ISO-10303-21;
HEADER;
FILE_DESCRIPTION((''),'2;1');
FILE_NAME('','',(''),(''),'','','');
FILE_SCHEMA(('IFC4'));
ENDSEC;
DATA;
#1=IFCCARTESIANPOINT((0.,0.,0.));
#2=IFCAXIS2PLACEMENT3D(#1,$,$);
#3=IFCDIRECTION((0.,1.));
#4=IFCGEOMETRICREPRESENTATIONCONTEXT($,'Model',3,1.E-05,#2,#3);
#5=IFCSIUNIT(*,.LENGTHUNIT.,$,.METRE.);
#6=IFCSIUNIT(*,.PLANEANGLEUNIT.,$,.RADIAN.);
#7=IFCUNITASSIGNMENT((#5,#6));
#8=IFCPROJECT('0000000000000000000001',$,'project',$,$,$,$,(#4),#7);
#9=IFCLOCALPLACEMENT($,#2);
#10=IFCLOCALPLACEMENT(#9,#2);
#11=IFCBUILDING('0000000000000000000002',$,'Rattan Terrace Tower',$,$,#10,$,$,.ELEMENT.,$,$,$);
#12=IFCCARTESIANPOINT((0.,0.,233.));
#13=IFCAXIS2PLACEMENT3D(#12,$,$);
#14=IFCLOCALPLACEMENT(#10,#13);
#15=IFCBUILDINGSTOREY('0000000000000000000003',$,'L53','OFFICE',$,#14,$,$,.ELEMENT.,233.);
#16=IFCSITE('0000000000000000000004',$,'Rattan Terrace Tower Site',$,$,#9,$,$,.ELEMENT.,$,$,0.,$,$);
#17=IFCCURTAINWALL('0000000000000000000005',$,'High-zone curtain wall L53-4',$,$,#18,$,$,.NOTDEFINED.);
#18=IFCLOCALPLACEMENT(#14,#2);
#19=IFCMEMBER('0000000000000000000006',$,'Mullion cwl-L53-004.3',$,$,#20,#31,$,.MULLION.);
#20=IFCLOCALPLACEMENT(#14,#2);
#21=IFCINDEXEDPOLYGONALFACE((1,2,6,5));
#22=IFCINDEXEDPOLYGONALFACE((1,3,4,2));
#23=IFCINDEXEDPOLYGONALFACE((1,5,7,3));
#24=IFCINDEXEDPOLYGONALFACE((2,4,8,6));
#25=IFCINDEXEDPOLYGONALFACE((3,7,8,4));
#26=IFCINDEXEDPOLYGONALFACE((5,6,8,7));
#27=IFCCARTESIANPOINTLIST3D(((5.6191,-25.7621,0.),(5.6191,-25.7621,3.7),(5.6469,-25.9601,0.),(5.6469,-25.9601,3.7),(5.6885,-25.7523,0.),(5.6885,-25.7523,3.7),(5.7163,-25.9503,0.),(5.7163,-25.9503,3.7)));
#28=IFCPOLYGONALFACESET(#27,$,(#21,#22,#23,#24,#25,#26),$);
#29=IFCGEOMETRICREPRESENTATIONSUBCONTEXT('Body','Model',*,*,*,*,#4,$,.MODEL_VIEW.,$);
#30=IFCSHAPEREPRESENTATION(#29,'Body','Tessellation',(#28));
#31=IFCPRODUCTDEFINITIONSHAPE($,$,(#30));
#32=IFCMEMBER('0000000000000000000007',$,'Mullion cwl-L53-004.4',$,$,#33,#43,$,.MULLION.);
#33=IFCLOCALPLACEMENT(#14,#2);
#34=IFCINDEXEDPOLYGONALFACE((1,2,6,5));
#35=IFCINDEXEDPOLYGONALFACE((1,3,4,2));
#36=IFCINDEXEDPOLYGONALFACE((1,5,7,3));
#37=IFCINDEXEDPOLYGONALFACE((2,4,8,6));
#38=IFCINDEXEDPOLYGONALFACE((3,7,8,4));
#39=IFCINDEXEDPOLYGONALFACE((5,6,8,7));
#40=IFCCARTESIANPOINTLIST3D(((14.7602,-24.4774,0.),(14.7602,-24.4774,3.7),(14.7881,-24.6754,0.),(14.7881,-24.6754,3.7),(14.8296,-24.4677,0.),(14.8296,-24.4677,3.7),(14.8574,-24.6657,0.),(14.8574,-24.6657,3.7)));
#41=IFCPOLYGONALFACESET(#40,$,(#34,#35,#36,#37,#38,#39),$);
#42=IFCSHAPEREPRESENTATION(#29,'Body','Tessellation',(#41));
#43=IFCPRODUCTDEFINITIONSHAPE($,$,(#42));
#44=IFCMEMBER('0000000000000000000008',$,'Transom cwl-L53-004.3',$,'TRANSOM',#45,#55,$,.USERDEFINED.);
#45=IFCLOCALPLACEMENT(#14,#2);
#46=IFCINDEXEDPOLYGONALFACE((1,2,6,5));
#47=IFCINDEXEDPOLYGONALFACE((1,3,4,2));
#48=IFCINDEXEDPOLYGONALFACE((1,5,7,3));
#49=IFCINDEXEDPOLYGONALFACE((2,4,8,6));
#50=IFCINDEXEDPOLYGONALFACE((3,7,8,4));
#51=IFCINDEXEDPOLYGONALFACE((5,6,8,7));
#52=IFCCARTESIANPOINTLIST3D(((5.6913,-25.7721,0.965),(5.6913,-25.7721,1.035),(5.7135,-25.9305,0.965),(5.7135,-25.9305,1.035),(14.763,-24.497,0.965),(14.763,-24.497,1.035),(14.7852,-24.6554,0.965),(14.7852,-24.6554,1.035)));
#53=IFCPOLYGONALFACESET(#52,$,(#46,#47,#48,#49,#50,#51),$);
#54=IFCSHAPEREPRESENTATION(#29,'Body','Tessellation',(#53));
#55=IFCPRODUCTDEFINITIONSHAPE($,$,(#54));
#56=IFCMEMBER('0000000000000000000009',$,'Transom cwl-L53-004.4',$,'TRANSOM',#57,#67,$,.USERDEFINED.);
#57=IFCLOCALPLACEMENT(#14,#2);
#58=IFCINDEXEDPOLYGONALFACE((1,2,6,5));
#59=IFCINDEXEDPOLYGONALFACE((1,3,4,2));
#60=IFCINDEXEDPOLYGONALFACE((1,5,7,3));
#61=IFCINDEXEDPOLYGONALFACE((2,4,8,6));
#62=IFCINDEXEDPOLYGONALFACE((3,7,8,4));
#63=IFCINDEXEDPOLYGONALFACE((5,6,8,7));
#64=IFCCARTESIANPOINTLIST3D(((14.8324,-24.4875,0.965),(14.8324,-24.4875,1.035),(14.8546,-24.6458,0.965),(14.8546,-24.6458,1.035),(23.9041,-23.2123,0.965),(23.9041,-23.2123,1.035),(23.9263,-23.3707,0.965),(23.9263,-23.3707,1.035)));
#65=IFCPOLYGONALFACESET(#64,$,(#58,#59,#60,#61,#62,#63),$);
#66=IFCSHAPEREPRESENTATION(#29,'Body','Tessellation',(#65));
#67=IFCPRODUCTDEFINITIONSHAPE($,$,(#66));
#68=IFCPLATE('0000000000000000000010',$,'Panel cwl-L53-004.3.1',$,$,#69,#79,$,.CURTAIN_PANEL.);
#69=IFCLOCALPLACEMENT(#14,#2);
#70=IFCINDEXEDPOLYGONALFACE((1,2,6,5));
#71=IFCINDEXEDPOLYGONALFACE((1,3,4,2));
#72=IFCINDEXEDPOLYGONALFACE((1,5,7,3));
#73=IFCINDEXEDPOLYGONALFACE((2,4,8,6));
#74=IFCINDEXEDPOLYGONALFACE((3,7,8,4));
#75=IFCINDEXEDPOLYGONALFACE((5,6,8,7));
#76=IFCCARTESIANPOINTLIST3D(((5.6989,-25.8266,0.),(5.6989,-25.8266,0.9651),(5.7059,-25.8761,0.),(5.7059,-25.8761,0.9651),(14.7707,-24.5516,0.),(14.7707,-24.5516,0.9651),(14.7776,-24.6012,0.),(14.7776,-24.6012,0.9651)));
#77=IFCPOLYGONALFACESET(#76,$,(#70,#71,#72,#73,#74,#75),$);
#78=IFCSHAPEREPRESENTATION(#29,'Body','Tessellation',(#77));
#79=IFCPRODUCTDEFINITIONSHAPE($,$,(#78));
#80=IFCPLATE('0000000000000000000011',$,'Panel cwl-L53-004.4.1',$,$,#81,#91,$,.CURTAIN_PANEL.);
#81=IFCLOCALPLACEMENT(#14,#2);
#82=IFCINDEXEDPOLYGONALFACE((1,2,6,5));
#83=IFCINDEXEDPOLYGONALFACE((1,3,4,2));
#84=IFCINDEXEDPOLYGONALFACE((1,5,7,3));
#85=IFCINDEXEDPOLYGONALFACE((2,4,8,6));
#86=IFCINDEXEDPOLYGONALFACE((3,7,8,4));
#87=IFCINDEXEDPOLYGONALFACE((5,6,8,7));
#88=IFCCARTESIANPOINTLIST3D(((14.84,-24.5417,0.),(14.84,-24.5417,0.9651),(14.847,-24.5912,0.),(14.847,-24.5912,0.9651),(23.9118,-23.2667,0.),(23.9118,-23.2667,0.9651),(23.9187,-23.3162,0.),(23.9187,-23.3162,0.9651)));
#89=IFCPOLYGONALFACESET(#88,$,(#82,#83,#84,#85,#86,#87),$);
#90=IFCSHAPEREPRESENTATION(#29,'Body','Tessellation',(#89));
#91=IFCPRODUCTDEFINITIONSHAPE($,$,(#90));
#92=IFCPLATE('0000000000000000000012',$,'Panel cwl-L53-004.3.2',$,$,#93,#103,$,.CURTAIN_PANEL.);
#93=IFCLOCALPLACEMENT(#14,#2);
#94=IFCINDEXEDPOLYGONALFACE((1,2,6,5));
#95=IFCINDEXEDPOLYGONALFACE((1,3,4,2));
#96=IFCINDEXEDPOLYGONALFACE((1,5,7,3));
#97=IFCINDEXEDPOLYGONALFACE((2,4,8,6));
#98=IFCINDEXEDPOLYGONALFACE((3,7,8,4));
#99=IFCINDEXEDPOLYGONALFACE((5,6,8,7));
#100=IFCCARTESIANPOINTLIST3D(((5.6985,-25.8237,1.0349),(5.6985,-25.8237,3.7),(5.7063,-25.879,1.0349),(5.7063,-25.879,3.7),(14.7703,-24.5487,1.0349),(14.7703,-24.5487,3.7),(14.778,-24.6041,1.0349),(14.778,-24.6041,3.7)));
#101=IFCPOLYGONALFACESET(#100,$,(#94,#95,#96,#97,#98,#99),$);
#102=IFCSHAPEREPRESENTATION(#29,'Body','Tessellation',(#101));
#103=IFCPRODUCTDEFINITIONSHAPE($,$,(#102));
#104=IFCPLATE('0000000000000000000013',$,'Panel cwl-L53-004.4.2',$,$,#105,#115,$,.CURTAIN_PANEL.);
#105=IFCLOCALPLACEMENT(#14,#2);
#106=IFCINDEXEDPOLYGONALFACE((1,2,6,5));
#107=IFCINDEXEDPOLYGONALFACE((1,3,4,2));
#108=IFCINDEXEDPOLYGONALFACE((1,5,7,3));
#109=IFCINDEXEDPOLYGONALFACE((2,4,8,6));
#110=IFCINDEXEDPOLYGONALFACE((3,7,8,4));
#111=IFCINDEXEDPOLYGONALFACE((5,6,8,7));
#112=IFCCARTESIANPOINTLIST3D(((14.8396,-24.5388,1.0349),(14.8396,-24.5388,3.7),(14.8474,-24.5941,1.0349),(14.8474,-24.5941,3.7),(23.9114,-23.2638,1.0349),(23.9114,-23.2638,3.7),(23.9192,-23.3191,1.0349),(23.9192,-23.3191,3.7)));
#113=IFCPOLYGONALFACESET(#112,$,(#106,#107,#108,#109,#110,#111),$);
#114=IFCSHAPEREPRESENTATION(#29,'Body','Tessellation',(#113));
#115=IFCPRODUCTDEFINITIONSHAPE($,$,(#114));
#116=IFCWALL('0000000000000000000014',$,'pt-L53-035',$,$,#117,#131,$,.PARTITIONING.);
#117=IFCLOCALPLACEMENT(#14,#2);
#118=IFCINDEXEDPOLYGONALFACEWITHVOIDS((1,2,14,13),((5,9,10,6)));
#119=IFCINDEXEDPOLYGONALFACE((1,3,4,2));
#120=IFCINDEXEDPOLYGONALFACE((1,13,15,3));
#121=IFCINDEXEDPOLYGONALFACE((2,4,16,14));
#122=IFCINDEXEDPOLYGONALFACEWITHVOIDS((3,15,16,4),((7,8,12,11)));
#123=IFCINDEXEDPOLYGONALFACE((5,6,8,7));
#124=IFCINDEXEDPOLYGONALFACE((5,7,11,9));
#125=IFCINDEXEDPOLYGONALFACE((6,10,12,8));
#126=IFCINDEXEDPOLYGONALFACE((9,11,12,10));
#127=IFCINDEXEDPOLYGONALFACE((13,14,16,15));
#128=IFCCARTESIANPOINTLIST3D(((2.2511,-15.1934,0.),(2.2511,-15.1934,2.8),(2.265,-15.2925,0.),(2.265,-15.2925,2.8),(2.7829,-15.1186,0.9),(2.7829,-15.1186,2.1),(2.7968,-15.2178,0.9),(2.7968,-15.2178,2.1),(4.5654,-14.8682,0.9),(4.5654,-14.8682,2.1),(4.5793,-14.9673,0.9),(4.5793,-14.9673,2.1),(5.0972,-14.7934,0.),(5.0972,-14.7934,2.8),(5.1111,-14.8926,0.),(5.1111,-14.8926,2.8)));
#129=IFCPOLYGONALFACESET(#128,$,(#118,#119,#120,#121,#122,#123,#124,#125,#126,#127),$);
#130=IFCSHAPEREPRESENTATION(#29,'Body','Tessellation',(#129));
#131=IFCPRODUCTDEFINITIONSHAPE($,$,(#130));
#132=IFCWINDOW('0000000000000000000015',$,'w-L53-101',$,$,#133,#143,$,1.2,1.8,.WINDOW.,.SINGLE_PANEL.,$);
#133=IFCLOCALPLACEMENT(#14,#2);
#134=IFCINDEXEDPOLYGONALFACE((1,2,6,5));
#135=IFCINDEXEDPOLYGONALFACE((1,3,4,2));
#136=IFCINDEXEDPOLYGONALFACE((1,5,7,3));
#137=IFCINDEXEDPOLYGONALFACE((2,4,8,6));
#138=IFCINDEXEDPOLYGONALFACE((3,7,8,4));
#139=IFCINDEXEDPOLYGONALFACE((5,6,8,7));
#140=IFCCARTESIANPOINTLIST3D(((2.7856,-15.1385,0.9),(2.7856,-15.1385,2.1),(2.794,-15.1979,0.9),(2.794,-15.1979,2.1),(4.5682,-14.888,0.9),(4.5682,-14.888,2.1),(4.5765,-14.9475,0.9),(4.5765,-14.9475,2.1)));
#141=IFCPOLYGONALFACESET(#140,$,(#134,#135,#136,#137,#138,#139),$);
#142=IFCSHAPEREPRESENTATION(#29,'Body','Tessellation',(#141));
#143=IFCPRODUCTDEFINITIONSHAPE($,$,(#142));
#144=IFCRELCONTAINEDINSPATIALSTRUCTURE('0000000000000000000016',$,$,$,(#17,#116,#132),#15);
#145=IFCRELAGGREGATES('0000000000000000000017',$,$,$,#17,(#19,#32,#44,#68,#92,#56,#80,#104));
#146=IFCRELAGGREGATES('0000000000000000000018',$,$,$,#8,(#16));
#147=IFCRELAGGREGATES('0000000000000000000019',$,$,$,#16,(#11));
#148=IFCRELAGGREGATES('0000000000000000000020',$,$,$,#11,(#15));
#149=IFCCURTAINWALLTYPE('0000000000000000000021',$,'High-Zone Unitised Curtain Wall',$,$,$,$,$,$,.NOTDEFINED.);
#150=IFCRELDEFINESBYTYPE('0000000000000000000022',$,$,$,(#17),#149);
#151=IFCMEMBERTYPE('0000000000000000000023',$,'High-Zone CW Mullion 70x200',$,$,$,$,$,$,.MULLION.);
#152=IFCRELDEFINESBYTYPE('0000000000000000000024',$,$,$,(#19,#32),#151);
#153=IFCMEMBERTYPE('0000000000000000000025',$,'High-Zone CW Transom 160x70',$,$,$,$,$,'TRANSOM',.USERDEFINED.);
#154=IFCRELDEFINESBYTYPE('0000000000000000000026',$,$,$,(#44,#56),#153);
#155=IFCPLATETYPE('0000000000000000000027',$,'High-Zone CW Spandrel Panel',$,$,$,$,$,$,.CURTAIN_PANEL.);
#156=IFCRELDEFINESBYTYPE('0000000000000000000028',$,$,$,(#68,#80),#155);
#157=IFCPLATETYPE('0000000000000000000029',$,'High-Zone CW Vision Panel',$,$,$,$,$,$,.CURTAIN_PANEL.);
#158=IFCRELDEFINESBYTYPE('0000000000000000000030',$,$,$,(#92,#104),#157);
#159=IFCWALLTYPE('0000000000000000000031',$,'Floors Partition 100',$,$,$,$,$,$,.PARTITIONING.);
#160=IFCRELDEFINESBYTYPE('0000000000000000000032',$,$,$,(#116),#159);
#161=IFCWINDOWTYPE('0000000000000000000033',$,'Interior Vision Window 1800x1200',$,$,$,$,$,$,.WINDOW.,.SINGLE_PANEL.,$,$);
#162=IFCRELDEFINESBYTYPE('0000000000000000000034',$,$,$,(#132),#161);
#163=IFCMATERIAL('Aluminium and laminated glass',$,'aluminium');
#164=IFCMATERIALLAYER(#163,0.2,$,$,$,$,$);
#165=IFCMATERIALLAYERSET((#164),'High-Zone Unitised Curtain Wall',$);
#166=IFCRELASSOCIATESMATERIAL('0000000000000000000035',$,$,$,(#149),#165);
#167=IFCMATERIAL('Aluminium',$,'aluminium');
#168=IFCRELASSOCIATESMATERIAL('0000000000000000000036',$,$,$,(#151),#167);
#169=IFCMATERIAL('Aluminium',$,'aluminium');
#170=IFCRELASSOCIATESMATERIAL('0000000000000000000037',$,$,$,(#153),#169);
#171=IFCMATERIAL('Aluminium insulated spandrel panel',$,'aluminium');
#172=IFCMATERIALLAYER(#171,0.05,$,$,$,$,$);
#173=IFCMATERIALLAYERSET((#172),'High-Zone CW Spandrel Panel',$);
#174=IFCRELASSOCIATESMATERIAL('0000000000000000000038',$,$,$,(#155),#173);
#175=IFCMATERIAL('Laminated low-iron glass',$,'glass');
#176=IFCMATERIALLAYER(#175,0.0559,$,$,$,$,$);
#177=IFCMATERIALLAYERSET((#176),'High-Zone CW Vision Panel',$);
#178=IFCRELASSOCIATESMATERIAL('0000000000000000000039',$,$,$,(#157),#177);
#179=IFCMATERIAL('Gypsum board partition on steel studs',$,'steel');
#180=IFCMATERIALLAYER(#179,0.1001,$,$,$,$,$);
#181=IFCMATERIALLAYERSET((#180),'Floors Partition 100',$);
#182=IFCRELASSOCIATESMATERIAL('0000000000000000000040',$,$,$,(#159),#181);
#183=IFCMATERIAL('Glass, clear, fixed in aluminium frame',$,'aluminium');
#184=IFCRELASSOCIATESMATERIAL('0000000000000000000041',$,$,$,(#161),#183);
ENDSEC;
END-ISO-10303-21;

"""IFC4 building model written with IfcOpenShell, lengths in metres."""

from ifc_helpers import new_model, si_unit, direction, frame, frame_2d, origin, origin_2d, place, context, subcontext, project, spatial, rectangle, extrude, material, layer, layer_set, material_profile, profile_set, type_object, element, fill, aggregate, save


model = new_model("IFC4")

# Units and contexts
model_context = context("Model", 3, precision=1e-05, world=origin(), true_north=direction((0.0, 1.0)))
body_context = subcontext(model_context, "Body", "Model", "MODEL_VIEW")
ifc_project = project(units=[si_unit("LENGTHUNIT", "METRE"), si_unit("PLANEANGLEUNIT", "RADIAN")], contexts=[model_context])

# Site, building, storey
site_placement = place(None, origin())
site = spatial("IfcSite", under=ifc_project, at=site_placement, Name="Rattan Terrace Tower Site", CompositionType="ELEMENT", RefElevation=0.0)
building_placement = place(site_placement, origin())
building = spatial("IfcBuilding", under=site, at=building_placement, Name="Rattan Terrace Tower", CompositionType="ELEMENT")
storey_placement = place(building_placement, frame((0.0, 0.0, 233.0)))
storey = spatial("IfcBuildingStorey", under=building, at=storey_placement, Name="L53", Description="OFFICE", CompositionType="ELEMENT", Elevation=233.0)

# Curtain wall, members, plates
ifc_material_1 = material(Name="Aluminium and laminated glass", Category="aluminium")
ifc_layer_1 = layer(ifc_material_1, 0.2)
ifc_layer_set_1 = layer_set([ifc_layer_1], Name="High-Zone Unitised Curtain Wall")
curtain_wall_type = type_object("IfcCurtainWallType", Name="High-Zone Unitised Curtain Wall", PredefinedType="NOTDEFINED", material=ifc_layer_set_1)
curtain_wall_placement = place(storey_placement, origin())
curtain_wall = element("IfcCurtainWall", 1, at=curtain_wall_placement, inside=storey, type_object=curtain_wall_type, Name="High-zone curtain wall L53-4", PredefinedType="NOTDEFINED")
ifc_material_2 = material(Name="Aluminium", Category="aluminium")
ifc_material_profile_1 = material_profile(ifc_material_2, rectangle(XDim=0.0701, YDim=0.2, at=origin_2d()), Name="Aluminium 70x200")
ifc_profile_set_1 = profile_set([ifc_material_profile_1], Name="Aluminium")
member_type_1 = type_object("IfcMemberType", Name="High-Zone CW Mullion 70x200", PredefinedType="MULLION", material=ifc_profile_set_1)
member_1_placement = place(storey_placement, frame((5.6677, -25.8562, 0.0), z_axis=(0.0, 0.0, 1.0), x_axis=(0.990267, 0.139177, 0.0)))
member_1 = element("IfcMember", 2, at=member_1_placement, type_object=member_type_1, Name="Mullion cwl-L53-004.3", PredefinedType="MULLION", context=body_context, shape_type="SweptSolid", body=[
    extrude(rectangle(XDim=0.0701, YDim=0.2, at=origin_2d()), origin(), (0.0, 0.0, 1.0), 3.7),
])
member_2_placement = place(storey_placement, frame((14.8088, -24.5715, 0.0), z_axis=(0.0, 0.0, 1.0), x_axis=(0.990267, 0.139177, 0.0)))
member_2 = element("IfcMember", 3, at=member_2_placement, type_object=member_type_1, Name="Mullion cwl-L53-004.4", PredefinedType="MULLION", context=body_context, shape_type="SweptSolid", body=[
    extrude(rectangle(XDim=0.0701, YDim=0.2, at=origin_2d()), origin(), (0.0, 0.0, 1.0), 3.7),
])
ifc_material_3 = material(Name="Aluminium", Category="aluminium")
ifc_material_profile_2 = material_profile(ifc_material_3, rectangle(XDim=0.1599, YDim=0.0701, at=origin_2d()), Name="Aluminium 160x70")
ifc_profile_set_2 = profile_set([ifc_material_profile_2], Name="Aluminium")
member_type_2 = type_object("IfcMemberType", Name="High-Zone CW Transom 160x70", ElementType="TRANSOM", PredefinedType="USERDEFINED", material=ifc_profile_set_2)
member_3_placement = place(storey_placement, frame((5.7024, -25.8513, 1.0), z_axis=(0.990265, 0.139194, 0.0), x_axis=(-0.139194, 0.990265, 0.0)))
member_3 = element("IfcMember", 4, at=member_3_placement, type_object=member_type_2, Name="Transom cwl-L53-004.3", ObjectType="TRANSOM", PredefinedType="USERDEFINED", context=body_context, shape_type="SweptSolid", body=[
    extrude(rectangle(XDim=0.1599, YDim=0.0701, at=origin_2d()), origin(), (0.0, 0.0, 1.0), 9.1609),
])
member_4_placement = place(storey_placement, frame((14.8435, -24.5667, 1.0), z_axis=(0.990265, 0.139194, 0.0), x_axis=(-0.139194, 0.990265, 0.0)))
member_4 = element("IfcMember", 5, at=member_4_placement, type_object=member_type_2, Name="Transom cwl-L53-004.4", ObjectType="TRANSOM", PredefinedType="USERDEFINED", context=body_context, shape_type="SweptSolid", body=[
    extrude(rectangle(XDim=0.1599, YDim=0.0701, at=origin_2d()), origin(), (0.0, 0.0, 1.0), 9.1609),
])
ifc_material_4 = material(Name="Aluminium insulated spandrel panel", Category="aluminium")
ifc_layer_2 = layer(ifc_material_4, 0.05)
ifc_layer_set_2 = layer_set([ifc_layer_2], Name="High-Zone CW Spandrel Panel")
plate_type_1 = type_object("IfcPlateType", Name="High-Zone CW Spandrel Panel", PredefinedType="CURTAIN_PANEL", material=ifc_layer_set_2)
plate_1_placement = place(storey_placement, frame((10.2383, -25.2139, 0.0), z_axis=(0.0, 0.0, 1.0), x_axis=(0.990267, 0.139177, 0.0)))
plate_1 = element("IfcPlate", 6, at=plate_1_placement, type_object=plate_type_1, Name="Panel cwl-L53-004.3.1", PredefinedType="CURTAIN_PANEL", context=body_context, shape_type="SweptSolid", body=[
    extrude(rectangle(XDim=9.1609, YDim=0.05, at=origin_2d()), origin(), (0.0, 0.0, 1.0), 0.9651),
])
plate_2_placement = place(storey_placement, frame((19.3794, -23.929, 0.0), z_axis=(0.0, 0.0, 1.0), x_axis=(0.990267, 0.139177, 0.0)))
plate_2 = element("IfcPlate", 7, at=plate_2_placement, type_object=plate_type_1, Name="Panel cwl-L53-004.4.1", PredefinedType="CURTAIN_PANEL", context=body_context, shape_type="SweptSolid", body=[
    extrude(rectangle(XDim=9.1609, YDim=0.05, at=origin_2d()), origin(), (0.0, 0.0, 1.0), 0.9651),
])
ifc_material_5 = material(Name="Laminated low-iron glass", Category="glass")
ifc_layer_3 = layer(ifc_material_5, 0.0559)
ifc_layer_set_3 = layer_set([ifc_layer_3], Name="High-Zone CW Vision Panel")
plate_type_2 = type_object("IfcPlateType", Name="High-Zone CW Vision Panel", PredefinedType="CURTAIN_PANEL", material=ifc_layer_set_3)
plate_3_placement = place(storey_placement, frame((10.2383, -25.2139, 1.0349), z_axis=(0.0, 0.0, 1.0), x_axis=(0.990267, 0.139177, 0.0)))
plate_3 = element("IfcPlate", 8, at=plate_3_placement, type_object=plate_type_2, Name="Panel cwl-L53-004.3.2", PredefinedType="CURTAIN_PANEL", context=body_context, shape_type="SweptSolid", body=[
    extrude(rectangle(XDim=9.1609, YDim=0.0559, at=origin_2d()), origin(), (0.0, 0.0, 1.0), 2.665),
])
plate_4_placement = place(storey_placement, frame((19.3794, -23.929, 1.0349), z_axis=(0.0, 0.0, 1.0), x_axis=(0.990267, 0.139177, 0.0)))
plate_4 = element("IfcPlate", 9, at=plate_4_placement, type_object=plate_type_2, Name="Panel cwl-L53-004.4.2", PredefinedType="CURTAIN_PANEL", context=body_context, shape_type="SweptSolid", body=[
    extrude(rectangle(XDim=9.1609, YDim=0.0559, at=origin_2d()), origin(), (0.0, 0.0, 1.0), 2.665),
])
aggregate(curtain_wall, [member_1, member_2, member_3, plate_1, plate_3, member_4, plate_2, plate_4])

# Wall, opening, window
ifc_material_6 = material(Name="Gypsum board partition on steel studs", Category="steel")
ifc_layer_4 = layer(ifc_material_6, 0.1001)
ifc_layer_set_4 = layer_set([ifc_layer_4], Name="Floors Partition 100")
wall_type_1 = type_object("IfcWallType", Name="Floors Partition 100", PredefinedType="PARTITIONING", material=ifc_layer_set_4)
wall_1_placement = place(storey_placement, frame((2.2581, -15.2429, 0.0), z_axis=(0.0, 0.0, 1.0), x_axis=(0.990271, 0.139149, 0.0)))
wall_1 = element("IfcWall", 10, at=wall_1_placement, inside=storey, type_object=wall_type_1, Name="pt-L53-035", PredefinedType="PARTITIONING", context=body_context, shape_type="SweptSolid", body=[
    extrude(rectangle(XDim=2.874, YDim=0.1001, at=frame_2d((1.437, 0.0))), origin(), (0.0, 0.0, 1.0), 2.8),
])
opening_1_placement = place(wall_1_placement, frame((0.5371, 0.0, 0.8999)))
opening_1 = element("IfcOpeningElement", 11, at=opening_1_placement, cuts=wall_1, PredefinedType="OPENING", context=body_context, shape_type="SweptSolid", body=[
    extrude(rectangle(XDim=1.8, YDim=1.2, at=frame_2d((0.8999, 0.6001))), frame((0.0, 0.0605, 0.0), z_axis=(0.0, -1.0, 0.0), x_axis=(1.0, 0.0, 0.0)), (0.0, 0.0, 1.0), 0.1211),
])
ifc_material_7 = material(Name="Glass, clear, fixed in aluminium frame", Category="aluminium")
window_type_1 = type_object("IfcWindowType", Name="Interior Vision Window 1800x1200", PartitioningType="SINGLE_PANEL", PredefinedType="WINDOW", material=ifc_material_7)
window_1_placement = place(opening_1_placement, origin())
window_1 = element("IfcWindow", 12, at=window_1_placement, inside=storey, type_object=window_type_1, Name="w-L53-101", OverallHeight=1.2, OverallWidth=1.8, PartitioningType="SINGLE_PANEL", PredefinedType="WINDOW", context=body_context, shape_type="SweptSolid", body=[
    extrude(rectangle(XDim=1.8, YDim=1.2, at=frame_2d((0.8999, 0.6001))), frame((0.0, 0.03, 0.0), z_axis=(0.0, -1.0, 0.0), x_axis=(1.0, 0.0, 0.0)), (0.0, 0.0, 1.0), 0.0601),
])
fill(opening_1, window_1)

save(model, "model.ifc")
